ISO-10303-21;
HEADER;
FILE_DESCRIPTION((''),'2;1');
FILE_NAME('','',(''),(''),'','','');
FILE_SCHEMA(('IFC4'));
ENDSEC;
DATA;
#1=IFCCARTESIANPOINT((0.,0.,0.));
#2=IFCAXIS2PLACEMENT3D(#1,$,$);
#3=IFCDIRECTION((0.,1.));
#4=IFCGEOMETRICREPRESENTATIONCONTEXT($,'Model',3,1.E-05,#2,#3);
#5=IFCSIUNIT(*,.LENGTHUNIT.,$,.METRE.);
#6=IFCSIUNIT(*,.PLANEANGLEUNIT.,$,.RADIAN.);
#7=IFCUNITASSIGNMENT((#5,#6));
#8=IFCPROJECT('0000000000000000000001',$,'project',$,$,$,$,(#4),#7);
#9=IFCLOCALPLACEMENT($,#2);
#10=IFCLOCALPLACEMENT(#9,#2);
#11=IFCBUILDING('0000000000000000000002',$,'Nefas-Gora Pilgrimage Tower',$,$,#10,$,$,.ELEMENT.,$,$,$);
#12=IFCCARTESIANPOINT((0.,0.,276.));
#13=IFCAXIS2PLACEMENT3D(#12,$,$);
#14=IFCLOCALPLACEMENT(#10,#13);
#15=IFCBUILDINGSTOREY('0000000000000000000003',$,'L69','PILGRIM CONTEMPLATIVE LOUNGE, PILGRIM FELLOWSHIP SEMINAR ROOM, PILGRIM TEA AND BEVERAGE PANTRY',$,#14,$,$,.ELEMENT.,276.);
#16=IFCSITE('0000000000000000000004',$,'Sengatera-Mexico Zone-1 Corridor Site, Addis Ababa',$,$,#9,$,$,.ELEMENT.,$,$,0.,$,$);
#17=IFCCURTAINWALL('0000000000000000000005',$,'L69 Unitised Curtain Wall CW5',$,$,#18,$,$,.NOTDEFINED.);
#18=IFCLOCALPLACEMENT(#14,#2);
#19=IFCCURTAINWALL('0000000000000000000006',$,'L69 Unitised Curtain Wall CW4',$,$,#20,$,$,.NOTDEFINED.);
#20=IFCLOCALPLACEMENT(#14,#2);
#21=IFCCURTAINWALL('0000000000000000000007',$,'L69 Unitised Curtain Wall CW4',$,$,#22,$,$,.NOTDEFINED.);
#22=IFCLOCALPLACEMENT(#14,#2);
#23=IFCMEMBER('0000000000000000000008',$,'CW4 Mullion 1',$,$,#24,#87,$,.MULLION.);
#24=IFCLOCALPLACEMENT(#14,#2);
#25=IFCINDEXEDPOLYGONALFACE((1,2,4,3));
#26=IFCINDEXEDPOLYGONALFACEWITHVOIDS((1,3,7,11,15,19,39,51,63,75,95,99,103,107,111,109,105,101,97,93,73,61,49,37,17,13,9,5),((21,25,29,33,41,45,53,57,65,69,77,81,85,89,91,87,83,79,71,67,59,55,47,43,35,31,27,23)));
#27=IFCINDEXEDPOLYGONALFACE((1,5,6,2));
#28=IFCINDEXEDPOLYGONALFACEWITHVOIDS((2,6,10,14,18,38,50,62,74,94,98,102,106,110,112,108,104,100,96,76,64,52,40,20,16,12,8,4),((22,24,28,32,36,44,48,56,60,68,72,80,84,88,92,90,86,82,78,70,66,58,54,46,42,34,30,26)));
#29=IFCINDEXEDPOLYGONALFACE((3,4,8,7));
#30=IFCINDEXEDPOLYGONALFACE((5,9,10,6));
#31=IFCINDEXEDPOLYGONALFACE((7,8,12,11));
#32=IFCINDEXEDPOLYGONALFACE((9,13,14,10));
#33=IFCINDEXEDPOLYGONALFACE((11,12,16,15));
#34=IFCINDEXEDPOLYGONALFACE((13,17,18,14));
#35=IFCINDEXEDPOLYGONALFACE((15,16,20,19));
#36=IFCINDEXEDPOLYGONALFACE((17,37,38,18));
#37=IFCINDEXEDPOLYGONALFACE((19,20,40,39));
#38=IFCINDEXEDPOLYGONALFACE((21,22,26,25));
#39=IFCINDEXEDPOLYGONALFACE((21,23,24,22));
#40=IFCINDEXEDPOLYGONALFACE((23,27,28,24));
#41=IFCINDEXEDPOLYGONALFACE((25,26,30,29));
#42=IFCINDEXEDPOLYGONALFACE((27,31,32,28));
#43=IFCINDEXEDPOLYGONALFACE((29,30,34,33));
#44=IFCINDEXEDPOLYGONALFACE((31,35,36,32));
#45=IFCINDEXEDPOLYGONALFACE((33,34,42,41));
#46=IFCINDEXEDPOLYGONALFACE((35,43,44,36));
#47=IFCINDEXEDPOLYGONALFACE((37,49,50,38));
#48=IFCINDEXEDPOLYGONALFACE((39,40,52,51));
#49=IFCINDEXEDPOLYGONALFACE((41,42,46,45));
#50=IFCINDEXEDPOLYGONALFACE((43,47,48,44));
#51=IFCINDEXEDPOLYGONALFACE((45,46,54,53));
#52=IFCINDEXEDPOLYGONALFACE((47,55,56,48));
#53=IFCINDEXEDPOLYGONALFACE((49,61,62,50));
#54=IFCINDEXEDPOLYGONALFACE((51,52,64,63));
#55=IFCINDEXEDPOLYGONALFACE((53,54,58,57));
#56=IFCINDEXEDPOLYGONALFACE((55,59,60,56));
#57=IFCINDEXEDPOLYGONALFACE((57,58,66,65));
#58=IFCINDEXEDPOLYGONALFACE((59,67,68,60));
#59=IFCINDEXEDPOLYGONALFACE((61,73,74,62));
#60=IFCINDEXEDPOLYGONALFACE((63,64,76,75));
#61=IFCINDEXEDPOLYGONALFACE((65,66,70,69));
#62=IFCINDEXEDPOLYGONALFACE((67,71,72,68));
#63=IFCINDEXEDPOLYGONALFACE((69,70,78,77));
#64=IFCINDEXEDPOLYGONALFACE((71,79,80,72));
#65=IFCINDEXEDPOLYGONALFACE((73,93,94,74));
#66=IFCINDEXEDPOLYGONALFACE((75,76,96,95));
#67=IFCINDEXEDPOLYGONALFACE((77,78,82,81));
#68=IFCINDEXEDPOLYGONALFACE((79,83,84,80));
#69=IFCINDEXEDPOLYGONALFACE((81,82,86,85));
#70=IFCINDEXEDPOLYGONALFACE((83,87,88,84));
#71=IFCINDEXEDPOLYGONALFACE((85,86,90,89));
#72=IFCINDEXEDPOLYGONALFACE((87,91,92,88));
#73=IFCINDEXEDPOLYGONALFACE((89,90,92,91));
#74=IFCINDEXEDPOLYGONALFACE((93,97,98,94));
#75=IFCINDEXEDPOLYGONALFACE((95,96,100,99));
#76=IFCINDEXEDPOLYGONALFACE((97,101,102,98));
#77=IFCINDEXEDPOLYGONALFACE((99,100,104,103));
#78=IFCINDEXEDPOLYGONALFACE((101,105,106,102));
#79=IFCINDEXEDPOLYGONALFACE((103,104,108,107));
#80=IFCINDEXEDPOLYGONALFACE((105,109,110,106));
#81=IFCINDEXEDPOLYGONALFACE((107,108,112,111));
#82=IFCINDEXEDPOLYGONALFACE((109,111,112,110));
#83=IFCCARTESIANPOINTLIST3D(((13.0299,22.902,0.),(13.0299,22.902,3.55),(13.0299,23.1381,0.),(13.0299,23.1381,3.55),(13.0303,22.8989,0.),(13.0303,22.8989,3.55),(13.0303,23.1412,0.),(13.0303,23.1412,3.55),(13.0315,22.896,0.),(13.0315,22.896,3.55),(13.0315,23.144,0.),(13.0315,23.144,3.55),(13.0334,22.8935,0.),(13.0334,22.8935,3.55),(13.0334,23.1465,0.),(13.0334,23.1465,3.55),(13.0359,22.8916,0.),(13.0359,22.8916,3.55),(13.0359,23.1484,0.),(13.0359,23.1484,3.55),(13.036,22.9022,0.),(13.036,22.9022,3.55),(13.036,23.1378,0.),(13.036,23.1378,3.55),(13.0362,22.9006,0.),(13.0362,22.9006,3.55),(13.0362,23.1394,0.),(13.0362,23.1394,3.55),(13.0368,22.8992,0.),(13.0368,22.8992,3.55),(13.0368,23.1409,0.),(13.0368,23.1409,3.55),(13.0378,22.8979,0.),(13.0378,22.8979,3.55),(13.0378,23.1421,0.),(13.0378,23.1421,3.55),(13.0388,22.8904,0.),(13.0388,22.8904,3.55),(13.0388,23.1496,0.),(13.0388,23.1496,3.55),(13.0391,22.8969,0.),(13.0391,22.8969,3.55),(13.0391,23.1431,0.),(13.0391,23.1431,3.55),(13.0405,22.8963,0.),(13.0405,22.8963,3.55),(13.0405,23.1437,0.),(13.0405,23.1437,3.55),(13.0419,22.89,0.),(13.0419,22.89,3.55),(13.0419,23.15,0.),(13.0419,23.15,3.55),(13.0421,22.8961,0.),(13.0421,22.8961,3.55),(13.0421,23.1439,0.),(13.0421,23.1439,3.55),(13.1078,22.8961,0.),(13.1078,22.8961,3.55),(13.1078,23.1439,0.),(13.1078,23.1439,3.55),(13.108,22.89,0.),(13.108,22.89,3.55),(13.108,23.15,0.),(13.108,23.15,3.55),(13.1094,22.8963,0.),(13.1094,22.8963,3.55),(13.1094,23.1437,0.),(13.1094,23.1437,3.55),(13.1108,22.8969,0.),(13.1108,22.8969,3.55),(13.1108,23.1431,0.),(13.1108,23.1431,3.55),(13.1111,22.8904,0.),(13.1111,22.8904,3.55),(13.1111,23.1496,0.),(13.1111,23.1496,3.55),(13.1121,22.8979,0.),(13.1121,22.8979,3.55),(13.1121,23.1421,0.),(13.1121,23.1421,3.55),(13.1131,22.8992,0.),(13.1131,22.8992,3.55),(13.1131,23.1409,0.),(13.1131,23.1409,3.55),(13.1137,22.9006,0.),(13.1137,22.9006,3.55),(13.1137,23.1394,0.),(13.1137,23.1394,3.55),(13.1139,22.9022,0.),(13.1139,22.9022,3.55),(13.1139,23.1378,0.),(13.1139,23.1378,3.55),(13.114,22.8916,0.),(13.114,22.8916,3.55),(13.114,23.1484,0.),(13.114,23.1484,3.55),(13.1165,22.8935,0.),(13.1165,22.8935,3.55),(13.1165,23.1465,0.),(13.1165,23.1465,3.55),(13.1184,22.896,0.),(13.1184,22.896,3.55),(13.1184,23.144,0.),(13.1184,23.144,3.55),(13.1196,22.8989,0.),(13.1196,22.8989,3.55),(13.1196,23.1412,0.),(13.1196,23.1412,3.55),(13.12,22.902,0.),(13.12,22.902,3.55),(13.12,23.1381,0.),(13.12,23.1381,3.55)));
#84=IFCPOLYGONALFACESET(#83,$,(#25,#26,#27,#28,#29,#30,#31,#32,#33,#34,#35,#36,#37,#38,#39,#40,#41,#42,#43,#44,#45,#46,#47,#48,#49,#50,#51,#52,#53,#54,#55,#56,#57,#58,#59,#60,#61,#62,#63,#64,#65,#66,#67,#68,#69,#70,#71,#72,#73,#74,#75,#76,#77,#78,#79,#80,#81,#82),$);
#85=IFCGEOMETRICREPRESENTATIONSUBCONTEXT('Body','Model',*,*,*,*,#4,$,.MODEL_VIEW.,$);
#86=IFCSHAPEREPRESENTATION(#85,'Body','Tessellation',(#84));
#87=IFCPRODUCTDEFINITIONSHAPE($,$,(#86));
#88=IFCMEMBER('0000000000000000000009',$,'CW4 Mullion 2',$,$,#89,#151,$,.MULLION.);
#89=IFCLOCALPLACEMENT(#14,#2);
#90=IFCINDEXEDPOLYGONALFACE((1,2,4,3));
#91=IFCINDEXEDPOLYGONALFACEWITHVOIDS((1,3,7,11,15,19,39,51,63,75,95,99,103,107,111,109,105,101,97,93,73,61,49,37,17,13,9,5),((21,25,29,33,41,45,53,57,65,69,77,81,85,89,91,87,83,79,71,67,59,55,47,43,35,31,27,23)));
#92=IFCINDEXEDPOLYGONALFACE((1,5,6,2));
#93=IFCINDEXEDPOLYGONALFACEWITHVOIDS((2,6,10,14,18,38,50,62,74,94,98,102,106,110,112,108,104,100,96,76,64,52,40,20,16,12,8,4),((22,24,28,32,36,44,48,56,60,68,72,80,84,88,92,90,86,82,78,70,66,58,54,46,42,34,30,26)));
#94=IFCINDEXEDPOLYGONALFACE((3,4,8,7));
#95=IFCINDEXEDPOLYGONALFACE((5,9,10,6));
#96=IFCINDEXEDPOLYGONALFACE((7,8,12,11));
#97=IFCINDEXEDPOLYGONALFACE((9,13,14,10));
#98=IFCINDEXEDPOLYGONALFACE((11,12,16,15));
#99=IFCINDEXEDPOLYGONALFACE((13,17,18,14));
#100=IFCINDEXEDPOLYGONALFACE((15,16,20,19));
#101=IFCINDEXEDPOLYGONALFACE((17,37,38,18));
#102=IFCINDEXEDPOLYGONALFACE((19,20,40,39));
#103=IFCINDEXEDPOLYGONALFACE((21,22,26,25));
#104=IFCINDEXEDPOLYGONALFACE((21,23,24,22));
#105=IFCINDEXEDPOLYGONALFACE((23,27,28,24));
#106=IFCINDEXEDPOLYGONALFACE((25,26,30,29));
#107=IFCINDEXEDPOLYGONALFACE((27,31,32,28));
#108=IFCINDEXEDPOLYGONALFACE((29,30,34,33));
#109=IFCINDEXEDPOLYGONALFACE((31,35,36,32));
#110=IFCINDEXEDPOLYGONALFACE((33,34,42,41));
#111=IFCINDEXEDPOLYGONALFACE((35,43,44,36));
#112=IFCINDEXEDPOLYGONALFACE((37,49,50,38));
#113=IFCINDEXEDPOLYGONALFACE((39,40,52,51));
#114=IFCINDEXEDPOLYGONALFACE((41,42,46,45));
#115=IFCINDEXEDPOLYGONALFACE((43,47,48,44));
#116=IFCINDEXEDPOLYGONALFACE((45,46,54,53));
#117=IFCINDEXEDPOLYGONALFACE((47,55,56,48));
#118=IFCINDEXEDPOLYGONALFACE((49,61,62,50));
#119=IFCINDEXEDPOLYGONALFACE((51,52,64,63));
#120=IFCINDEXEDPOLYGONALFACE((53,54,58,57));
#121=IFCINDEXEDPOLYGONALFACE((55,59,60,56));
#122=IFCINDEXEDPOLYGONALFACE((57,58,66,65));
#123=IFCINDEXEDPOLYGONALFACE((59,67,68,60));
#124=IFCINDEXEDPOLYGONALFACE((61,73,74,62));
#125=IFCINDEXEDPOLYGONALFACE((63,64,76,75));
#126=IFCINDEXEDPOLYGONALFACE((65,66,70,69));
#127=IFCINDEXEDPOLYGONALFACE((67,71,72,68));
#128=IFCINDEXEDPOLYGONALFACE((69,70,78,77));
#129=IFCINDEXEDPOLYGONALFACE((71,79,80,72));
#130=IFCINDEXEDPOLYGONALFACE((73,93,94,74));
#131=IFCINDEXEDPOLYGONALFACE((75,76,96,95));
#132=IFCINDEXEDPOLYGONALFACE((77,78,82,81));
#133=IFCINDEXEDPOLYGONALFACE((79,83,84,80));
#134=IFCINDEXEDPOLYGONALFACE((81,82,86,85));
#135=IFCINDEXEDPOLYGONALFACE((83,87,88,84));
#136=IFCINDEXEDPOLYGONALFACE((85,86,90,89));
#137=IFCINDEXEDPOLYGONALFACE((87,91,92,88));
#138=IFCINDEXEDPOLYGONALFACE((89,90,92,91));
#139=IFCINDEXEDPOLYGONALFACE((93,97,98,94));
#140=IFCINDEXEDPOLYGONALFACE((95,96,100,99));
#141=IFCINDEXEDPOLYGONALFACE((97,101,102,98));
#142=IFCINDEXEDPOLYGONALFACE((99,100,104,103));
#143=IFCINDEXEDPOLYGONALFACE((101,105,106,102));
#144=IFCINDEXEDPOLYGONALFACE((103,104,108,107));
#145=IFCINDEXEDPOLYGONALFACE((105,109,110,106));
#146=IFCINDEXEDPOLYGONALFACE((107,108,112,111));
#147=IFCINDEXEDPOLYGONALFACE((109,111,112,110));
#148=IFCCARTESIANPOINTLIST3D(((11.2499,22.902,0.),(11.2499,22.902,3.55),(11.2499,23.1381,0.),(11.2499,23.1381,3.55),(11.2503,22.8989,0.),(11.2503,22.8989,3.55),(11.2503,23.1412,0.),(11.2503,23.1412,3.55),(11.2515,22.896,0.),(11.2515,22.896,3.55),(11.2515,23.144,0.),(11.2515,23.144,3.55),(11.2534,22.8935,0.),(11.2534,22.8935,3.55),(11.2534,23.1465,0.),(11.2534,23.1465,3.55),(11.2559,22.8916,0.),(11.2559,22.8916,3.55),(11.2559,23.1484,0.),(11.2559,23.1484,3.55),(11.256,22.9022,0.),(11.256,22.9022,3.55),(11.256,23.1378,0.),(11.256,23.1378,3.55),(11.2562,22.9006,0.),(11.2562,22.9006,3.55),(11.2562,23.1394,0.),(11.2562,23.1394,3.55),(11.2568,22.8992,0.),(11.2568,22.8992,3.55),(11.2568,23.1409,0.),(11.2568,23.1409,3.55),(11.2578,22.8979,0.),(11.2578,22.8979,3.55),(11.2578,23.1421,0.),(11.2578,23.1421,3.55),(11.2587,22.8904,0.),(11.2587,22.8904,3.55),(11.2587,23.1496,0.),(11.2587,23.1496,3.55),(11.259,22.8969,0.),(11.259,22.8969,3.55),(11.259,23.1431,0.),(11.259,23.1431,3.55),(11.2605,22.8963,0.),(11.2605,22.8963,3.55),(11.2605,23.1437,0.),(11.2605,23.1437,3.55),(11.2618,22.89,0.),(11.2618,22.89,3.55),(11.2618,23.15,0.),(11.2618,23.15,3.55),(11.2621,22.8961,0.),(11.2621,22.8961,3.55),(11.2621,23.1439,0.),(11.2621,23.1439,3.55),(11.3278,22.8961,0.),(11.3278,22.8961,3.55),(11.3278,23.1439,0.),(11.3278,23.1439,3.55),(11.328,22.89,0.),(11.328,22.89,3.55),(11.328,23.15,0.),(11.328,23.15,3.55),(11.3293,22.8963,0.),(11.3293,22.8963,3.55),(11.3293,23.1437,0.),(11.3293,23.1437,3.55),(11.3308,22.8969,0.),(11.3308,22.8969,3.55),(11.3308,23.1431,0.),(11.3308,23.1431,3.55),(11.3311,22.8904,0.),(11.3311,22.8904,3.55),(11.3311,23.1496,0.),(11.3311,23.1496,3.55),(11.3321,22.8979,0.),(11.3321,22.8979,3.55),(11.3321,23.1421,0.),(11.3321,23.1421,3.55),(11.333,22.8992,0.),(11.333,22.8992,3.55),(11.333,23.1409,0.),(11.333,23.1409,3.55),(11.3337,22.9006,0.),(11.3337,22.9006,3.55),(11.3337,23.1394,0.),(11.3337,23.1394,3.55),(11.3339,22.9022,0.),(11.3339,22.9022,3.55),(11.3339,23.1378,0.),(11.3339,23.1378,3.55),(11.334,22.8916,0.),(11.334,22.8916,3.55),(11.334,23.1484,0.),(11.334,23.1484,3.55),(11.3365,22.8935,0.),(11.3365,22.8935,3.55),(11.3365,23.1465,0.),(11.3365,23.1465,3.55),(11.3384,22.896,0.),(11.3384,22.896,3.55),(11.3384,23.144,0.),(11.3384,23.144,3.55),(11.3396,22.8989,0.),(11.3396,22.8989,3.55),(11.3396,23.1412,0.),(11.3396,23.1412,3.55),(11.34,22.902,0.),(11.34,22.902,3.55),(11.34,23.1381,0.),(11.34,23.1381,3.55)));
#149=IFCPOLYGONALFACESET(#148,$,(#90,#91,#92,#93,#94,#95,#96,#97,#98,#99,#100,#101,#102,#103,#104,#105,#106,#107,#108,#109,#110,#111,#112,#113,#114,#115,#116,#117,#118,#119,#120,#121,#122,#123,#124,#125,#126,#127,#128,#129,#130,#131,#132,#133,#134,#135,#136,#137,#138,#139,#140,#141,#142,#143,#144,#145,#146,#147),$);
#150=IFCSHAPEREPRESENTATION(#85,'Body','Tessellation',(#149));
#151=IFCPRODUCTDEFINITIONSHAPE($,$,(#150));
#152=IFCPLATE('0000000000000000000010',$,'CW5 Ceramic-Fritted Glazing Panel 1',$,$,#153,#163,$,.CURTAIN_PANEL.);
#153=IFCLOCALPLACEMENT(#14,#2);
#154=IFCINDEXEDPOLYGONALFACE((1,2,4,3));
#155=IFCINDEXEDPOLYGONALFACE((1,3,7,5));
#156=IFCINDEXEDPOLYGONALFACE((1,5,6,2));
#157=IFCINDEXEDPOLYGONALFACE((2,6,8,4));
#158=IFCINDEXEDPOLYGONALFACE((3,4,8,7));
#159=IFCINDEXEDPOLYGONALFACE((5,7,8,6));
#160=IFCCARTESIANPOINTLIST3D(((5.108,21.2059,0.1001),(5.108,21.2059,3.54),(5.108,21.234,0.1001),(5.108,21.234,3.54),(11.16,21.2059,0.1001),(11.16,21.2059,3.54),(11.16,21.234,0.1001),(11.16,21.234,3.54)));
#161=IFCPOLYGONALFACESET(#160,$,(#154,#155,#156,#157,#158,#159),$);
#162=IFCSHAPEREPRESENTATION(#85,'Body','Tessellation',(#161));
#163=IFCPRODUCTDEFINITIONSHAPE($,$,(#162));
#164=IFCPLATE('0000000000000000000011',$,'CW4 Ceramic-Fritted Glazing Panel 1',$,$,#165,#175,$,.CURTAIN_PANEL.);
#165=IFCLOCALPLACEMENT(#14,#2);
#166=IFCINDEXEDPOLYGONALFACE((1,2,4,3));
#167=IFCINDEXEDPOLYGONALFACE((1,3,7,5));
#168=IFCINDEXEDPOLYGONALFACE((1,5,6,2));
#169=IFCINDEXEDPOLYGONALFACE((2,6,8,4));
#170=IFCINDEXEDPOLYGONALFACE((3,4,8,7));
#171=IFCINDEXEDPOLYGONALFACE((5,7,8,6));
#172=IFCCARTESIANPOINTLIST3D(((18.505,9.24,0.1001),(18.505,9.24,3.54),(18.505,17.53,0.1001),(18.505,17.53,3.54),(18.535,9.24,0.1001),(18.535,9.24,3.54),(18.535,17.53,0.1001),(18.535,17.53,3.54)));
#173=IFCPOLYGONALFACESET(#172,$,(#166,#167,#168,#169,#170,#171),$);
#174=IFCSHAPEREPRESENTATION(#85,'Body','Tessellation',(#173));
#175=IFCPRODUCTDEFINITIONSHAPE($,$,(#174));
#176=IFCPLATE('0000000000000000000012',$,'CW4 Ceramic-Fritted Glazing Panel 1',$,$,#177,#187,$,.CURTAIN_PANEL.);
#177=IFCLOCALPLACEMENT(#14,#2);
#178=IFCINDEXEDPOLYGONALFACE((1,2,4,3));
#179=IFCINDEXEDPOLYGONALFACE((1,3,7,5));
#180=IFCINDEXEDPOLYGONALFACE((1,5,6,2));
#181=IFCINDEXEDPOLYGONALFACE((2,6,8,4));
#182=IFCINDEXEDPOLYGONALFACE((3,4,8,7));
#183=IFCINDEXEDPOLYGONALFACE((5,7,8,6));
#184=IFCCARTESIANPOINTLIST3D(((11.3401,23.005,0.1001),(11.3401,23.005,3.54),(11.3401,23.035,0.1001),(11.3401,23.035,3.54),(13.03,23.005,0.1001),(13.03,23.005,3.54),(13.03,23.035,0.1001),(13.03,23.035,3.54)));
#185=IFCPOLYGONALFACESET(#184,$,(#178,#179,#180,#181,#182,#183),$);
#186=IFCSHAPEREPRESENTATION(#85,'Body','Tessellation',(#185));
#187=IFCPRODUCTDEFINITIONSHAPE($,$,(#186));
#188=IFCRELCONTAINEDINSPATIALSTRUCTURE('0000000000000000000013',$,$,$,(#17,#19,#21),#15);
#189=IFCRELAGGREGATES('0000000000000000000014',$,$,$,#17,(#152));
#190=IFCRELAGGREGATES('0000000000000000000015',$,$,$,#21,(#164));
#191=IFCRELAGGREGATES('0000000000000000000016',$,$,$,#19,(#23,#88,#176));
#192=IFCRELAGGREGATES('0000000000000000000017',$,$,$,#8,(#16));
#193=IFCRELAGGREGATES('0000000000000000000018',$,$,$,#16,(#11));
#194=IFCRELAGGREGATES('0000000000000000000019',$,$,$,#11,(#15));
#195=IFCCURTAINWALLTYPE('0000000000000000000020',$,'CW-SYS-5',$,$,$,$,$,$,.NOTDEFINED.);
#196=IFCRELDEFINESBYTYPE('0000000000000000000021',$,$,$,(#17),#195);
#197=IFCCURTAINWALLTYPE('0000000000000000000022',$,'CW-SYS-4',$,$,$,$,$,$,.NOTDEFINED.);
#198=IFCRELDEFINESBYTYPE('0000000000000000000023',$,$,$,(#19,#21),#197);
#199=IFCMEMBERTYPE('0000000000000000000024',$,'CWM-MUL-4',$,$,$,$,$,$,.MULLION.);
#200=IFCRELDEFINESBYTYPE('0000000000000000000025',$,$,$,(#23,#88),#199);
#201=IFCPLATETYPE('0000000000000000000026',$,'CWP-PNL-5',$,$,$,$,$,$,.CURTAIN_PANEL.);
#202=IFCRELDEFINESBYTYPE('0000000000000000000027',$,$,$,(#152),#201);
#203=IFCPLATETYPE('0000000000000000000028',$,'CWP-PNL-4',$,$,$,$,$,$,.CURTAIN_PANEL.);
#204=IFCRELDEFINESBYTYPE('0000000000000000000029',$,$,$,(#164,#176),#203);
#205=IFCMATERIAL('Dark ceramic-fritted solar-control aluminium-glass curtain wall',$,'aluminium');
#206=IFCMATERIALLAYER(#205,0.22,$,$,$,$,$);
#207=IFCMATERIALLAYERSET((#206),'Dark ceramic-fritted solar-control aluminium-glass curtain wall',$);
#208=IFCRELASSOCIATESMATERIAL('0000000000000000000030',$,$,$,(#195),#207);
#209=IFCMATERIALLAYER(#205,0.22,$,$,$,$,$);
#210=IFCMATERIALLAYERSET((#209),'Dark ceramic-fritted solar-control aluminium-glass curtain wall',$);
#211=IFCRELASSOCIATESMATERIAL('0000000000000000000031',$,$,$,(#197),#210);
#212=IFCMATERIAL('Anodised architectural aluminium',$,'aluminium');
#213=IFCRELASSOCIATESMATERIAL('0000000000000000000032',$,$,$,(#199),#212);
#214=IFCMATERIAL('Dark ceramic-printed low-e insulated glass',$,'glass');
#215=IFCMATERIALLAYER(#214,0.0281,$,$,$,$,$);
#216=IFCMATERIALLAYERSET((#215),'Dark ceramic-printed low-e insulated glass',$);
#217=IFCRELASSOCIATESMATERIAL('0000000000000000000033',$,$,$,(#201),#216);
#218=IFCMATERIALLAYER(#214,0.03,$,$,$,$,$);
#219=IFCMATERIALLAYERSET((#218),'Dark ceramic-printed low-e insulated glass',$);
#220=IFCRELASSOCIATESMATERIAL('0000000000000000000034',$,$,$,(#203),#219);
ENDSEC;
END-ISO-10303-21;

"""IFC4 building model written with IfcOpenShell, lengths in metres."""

from ifc_helpers import new_model, si_unit, direction, frame, origin, origin_2d, place, context, subcontext, project, spatial, rectangle, hollow_rectangle, extrude, source, transform, mapped, material, layer, layer_set, material_profile, profile_set, type_object, element, aggregate, save


model = new_model("IFC4")

# Units and contexts
model_context = context("Model", 3, precision=1e-05, world=origin(), true_north=direction((0.0, 1.0)))
body_context = subcontext(model_context, "Body", "Model", "MODEL_VIEW")
ifc_project = project(units=[si_unit("LENGTHUNIT", "METRE"), si_unit("PLANEANGLEUNIT", "RADIAN")], contexts=[model_context])

# Site, building, storey
site_placement = place(None, origin())
site = spatial("IfcSite", under=ifc_project, at=site_placement, Name="Sengatera-Mexico Zone-1 Corridor Site, Addis Ababa", CompositionType="ELEMENT", RefElevation=0.0)
building_placement = place(site_placement, origin())
building = spatial("IfcBuilding", under=site, at=building_placement, Name="Nefas-Gora Pilgrimage Tower", CompositionType="ELEMENT")
storey_placement = place(building_placement, frame((0.0, 0.0, 276.0)))
storey = spatial("IfcBuildingStorey", under=building, at=storey_placement, Name="L69", Description="PILGRIM CONTEMPLATIVE LOUNGE, PILGRIM FELLOWSHIP SEMINAR ROOM, PILGRIM TEA AND BEVERAGE PANTRY", CompositionType="ELEMENT", Elevation=276.0)

# Curtain wall
ifc_material_1 = material(Name="Dark ceramic-fritted solar-control aluminium-glass curtain wall", Category="aluminium")
ifc_layer_1 = layer(ifc_material_1, 0.22)
ifc_layer_set_1 = layer_set([ifc_layer_1], Name="Dark ceramic-fritted solar-control aluminium-glass curtain wall")
curtain_wall_type_1 = type_object("IfcCurtainWallType", Name="CW-SYS-5", PredefinedType="NOTDEFINED", material=ifc_layer_set_1)
curtain_wall_1_placement = place(storey_placement, origin())
curtain_wall_1 = element("IfcCurtainWall", 1, at=curtain_wall_1_placement, inside=storey, type_object=curtain_wall_type_1, Name="L69 Unitised Curtain Wall CW5", PredefinedType="NOTDEFINED")
ifc_material_2 = material(Name="Anodised architectural aluminium", Category="aluminium")

# Curtain walls
ifc_layer_2 = layer(ifc_material_1, 0.22)
ifc_layer_set_2 = layer_set([ifc_layer_2], Name="Dark ceramic-fritted solar-control aluminium-glass curtain wall")
curtain_wall_type_2 = type_object("IfcCurtainWallType", Name="CW-SYS-4", PredefinedType="NOTDEFINED", material=ifc_layer_set_2)
curtain_wall_2_placement = place(storey_placement, origin())
curtain_wall_2 = element("IfcCurtainWall", 2, at=curtain_wall_2_placement, inside=storey, type_object=curtain_wall_type_2, Name="L69 Unitised Curtain Wall CW4", PredefinedType="NOTDEFINED")
curtain_wall_3_placement = place(storey_placement, origin())
curtain_wall_3 = element("IfcCurtainWall", 3, at=curtain_wall_3_placement, inside=storey, type_object=curtain_wall_type_2, Name="L69 Unitised Curtain Wall CW4", PredefinedType="NOTDEFINED")
ifc_material_profile_1 = material_profile(ifc_material_2, hollow_rectangle(XDim=0.0901, YDim=0.26, WallThickness=0.0061, InnerFilletRadius=0.0061, OuterFilletRadius=0.012, at=origin_2d()), Name="ALU MULLION 90x260")
ifc_profile_set_1 = profile_set([ifc_material_profile_1], Name="Anodised architectural aluminium")
member_type_1 = type_object("IfcMemberType", Name="CWM-MUL-4", PredefinedType="MULLION", material=ifc_profile_set_1)
shared_shape_1 = source(origin(), body_context, "Body", "SweptSolid", [
    extrude(hollow_rectangle(XDim=0.0901, YDim=0.26, WallThickness=0.0061, InnerFilletRadius=0.0061, OuterFilletRadius=0.012, at=origin_2d()), origin(), (0.0, 0.0, 1.0), 3.55),
])

# Members
member_1_placement = place(storey_placement, frame((13.075, 23.02, 0.0), z_axis=(0.0, 0.0, 1.0), x_axis=(-1.0, 0.0, 0.0)))
member_1 = element("IfcMember", 4, at=member_1_placement, type_object=member_type_1, Name="CW4 Mullion 1", PredefinedType="MULLION", context=body_context, shape_type="MappedRepresentation", body=[
    mapped(shared_shape_1, transform((0.0, 0.0, 0.0), x_axis=(1.0, 0.0, 0.0), y_axis=(0.0, 1.0, 0.0), z_axis=(0.0, 0.0, 1.0), scale=1.0)),
])
member_2_placement = place(storey_placement, frame((11.2949, 23.02, 0.0), z_axis=(0.0, 0.0, 1.0), x_axis=(-1.0, 0.0, 0.0)))
member_2 = element("IfcMember", 5, at=member_2_placement, type_object=member_type_1, Name="CW4 Mullion 2", PredefinedType="MULLION", context=body_context, shape_type="MappedRepresentation", body=[
    mapped(shared_shape_1, transform((0.0, 0.0, 0.0), x_axis=(1.0, 0.0, 0.0), y_axis=(0.0, 1.0, 0.0), z_axis=(0.0, 0.0, 1.0), scale=1.0)),
])

# Plates
ifc_material_3 = material(Name="Dark ceramic-printed low-e insulated glass", Category="glass")
ifc_layer_3 = layer(ifc_material_3, 0.0281)
ifc_layer_set_3 = layer_set([ifc_layer_3], Name="Dark ceramic-printed low-e insulated glass")
plate_type_1 = type_object("IfcPlateType", Name="CWP-PNL-5", PredefinedType="CURTAIN_PANEL", material=ifc_layer_set_3)
shared_shape_2 = source(origin(), body_context, "Body", "SweptSolid", [
    extrude(rectangle(XDim=6.052, YDim=0.0281, at=origin_2d()), origin(), (0.0, 0.0, 1.0), 3.4399),
])
plate_1_placement = place(storey_placement, frame((8.134, 21.22, 0.1001), z_axis=(0.0, 0.0, 1.0), x_axis=(-1.0, 0.0, 0.0)))
plate_1 = element("IfcPlate", 6, at=plate_1_placement, type_object=plate_type_1, Name="CW5 Ceramic-Fritted Glazing Panel 1", PredefinedType="CURTAIN_PANEL", context=body_context, shape_type="MappedRepresentation", body=[
    mapped(shared_shape_2, transform((0.0, 0.0, 0.0), x_axis=(1.0, 0.0, 0.0), y_axis=(0.0, 1.0, 0.0), z_axis=(0.0, 0.0, 1.0), scale=1.0)),
])
aggregate(curtain_wall_1, [plate_1])
ifc_layer_4 = layer(ifc_material_3, 0.03)
ifc_layer_set_4 = layer_set([ifc_layer_4], Name="Dark ceramic-printed low-e insulated glass")
plate_type_2 = type_object("IfcPlateType", Name="CWP-PNL-4", PredefinedType="CURTAIN_PANEL", material=ifc_layer_set_4)
shared_shape_3 = source(origin(), body_context, "Body", "SweptSolid", [
    extrude(rectangle(XDim=8.29, YDim=0.03, at=origin_2d()), origin(), (0.0, 0.0, 1.0), 3.4399),
])
plate_2_placement = place(storey_placement, frame((18.52, 13.385, 0.1001), z_axis=(0.0, 0.0, 1.0), x_axis=(0.0, 1.0, 0.0)))
plate_2 = element("IfcPlate", 7, at=plate_2_placement, type_object=plate_type_2, Name="CW4 Ceramic-Fritted Glazing Panel 1", PredefinedType="CURTAIN_PANEL", context=body_context, shape_type="MappedRepresentation", body=[
    mapped(shared_shape_3, transform((0.0, 0.0, 0.0), x_axis=(1.0, 0.0, 0.0), y_axis=(0.0, 1.0, 0.0), z_axis=(0.0, 0.0, 1.0), scale=1.0)),
])
aggregate(curtain_wall_3, [plate_2])
shared_shape_4 = source(origin(), body_context, "Body", "SweptSolid", [
    extrude(rectangle(XDim=1.6899, YDim=0.03, at=origin_2d()), origin(), (0.0, 0.0, 1.0), 3.4399),
])
plate_3_placement = place(storey_placement, frame((12.1851, 23.02, 0.1001), z_axis=(0.0, 0.0, 1.0), x_axis=(-1.0, 0.0, 0.0)))
plate_3 = element("IfcPlate", 8, at=plate_3_placement, type_object=plate_type_2, Name="CW4 Ceramic-Fritted Glazing Panel 1", PredefinedType="CURTAIN_PANEL", context=body_context, shape_type="MappedRepresentation", body=[
    mapped(shared_shape_4, transform((0.0, 0.0, 0.0), x_axis=(1.0, 0.0, 0.0), y_axis=(0.0, 1.0, 0.0), z_axis=(0.0, 0.0, 1.0), scale=1.0)),
])
aggregate(curtain_wall_2, [member_1, member_2, plate_3])

save(model, "model.ifc")
